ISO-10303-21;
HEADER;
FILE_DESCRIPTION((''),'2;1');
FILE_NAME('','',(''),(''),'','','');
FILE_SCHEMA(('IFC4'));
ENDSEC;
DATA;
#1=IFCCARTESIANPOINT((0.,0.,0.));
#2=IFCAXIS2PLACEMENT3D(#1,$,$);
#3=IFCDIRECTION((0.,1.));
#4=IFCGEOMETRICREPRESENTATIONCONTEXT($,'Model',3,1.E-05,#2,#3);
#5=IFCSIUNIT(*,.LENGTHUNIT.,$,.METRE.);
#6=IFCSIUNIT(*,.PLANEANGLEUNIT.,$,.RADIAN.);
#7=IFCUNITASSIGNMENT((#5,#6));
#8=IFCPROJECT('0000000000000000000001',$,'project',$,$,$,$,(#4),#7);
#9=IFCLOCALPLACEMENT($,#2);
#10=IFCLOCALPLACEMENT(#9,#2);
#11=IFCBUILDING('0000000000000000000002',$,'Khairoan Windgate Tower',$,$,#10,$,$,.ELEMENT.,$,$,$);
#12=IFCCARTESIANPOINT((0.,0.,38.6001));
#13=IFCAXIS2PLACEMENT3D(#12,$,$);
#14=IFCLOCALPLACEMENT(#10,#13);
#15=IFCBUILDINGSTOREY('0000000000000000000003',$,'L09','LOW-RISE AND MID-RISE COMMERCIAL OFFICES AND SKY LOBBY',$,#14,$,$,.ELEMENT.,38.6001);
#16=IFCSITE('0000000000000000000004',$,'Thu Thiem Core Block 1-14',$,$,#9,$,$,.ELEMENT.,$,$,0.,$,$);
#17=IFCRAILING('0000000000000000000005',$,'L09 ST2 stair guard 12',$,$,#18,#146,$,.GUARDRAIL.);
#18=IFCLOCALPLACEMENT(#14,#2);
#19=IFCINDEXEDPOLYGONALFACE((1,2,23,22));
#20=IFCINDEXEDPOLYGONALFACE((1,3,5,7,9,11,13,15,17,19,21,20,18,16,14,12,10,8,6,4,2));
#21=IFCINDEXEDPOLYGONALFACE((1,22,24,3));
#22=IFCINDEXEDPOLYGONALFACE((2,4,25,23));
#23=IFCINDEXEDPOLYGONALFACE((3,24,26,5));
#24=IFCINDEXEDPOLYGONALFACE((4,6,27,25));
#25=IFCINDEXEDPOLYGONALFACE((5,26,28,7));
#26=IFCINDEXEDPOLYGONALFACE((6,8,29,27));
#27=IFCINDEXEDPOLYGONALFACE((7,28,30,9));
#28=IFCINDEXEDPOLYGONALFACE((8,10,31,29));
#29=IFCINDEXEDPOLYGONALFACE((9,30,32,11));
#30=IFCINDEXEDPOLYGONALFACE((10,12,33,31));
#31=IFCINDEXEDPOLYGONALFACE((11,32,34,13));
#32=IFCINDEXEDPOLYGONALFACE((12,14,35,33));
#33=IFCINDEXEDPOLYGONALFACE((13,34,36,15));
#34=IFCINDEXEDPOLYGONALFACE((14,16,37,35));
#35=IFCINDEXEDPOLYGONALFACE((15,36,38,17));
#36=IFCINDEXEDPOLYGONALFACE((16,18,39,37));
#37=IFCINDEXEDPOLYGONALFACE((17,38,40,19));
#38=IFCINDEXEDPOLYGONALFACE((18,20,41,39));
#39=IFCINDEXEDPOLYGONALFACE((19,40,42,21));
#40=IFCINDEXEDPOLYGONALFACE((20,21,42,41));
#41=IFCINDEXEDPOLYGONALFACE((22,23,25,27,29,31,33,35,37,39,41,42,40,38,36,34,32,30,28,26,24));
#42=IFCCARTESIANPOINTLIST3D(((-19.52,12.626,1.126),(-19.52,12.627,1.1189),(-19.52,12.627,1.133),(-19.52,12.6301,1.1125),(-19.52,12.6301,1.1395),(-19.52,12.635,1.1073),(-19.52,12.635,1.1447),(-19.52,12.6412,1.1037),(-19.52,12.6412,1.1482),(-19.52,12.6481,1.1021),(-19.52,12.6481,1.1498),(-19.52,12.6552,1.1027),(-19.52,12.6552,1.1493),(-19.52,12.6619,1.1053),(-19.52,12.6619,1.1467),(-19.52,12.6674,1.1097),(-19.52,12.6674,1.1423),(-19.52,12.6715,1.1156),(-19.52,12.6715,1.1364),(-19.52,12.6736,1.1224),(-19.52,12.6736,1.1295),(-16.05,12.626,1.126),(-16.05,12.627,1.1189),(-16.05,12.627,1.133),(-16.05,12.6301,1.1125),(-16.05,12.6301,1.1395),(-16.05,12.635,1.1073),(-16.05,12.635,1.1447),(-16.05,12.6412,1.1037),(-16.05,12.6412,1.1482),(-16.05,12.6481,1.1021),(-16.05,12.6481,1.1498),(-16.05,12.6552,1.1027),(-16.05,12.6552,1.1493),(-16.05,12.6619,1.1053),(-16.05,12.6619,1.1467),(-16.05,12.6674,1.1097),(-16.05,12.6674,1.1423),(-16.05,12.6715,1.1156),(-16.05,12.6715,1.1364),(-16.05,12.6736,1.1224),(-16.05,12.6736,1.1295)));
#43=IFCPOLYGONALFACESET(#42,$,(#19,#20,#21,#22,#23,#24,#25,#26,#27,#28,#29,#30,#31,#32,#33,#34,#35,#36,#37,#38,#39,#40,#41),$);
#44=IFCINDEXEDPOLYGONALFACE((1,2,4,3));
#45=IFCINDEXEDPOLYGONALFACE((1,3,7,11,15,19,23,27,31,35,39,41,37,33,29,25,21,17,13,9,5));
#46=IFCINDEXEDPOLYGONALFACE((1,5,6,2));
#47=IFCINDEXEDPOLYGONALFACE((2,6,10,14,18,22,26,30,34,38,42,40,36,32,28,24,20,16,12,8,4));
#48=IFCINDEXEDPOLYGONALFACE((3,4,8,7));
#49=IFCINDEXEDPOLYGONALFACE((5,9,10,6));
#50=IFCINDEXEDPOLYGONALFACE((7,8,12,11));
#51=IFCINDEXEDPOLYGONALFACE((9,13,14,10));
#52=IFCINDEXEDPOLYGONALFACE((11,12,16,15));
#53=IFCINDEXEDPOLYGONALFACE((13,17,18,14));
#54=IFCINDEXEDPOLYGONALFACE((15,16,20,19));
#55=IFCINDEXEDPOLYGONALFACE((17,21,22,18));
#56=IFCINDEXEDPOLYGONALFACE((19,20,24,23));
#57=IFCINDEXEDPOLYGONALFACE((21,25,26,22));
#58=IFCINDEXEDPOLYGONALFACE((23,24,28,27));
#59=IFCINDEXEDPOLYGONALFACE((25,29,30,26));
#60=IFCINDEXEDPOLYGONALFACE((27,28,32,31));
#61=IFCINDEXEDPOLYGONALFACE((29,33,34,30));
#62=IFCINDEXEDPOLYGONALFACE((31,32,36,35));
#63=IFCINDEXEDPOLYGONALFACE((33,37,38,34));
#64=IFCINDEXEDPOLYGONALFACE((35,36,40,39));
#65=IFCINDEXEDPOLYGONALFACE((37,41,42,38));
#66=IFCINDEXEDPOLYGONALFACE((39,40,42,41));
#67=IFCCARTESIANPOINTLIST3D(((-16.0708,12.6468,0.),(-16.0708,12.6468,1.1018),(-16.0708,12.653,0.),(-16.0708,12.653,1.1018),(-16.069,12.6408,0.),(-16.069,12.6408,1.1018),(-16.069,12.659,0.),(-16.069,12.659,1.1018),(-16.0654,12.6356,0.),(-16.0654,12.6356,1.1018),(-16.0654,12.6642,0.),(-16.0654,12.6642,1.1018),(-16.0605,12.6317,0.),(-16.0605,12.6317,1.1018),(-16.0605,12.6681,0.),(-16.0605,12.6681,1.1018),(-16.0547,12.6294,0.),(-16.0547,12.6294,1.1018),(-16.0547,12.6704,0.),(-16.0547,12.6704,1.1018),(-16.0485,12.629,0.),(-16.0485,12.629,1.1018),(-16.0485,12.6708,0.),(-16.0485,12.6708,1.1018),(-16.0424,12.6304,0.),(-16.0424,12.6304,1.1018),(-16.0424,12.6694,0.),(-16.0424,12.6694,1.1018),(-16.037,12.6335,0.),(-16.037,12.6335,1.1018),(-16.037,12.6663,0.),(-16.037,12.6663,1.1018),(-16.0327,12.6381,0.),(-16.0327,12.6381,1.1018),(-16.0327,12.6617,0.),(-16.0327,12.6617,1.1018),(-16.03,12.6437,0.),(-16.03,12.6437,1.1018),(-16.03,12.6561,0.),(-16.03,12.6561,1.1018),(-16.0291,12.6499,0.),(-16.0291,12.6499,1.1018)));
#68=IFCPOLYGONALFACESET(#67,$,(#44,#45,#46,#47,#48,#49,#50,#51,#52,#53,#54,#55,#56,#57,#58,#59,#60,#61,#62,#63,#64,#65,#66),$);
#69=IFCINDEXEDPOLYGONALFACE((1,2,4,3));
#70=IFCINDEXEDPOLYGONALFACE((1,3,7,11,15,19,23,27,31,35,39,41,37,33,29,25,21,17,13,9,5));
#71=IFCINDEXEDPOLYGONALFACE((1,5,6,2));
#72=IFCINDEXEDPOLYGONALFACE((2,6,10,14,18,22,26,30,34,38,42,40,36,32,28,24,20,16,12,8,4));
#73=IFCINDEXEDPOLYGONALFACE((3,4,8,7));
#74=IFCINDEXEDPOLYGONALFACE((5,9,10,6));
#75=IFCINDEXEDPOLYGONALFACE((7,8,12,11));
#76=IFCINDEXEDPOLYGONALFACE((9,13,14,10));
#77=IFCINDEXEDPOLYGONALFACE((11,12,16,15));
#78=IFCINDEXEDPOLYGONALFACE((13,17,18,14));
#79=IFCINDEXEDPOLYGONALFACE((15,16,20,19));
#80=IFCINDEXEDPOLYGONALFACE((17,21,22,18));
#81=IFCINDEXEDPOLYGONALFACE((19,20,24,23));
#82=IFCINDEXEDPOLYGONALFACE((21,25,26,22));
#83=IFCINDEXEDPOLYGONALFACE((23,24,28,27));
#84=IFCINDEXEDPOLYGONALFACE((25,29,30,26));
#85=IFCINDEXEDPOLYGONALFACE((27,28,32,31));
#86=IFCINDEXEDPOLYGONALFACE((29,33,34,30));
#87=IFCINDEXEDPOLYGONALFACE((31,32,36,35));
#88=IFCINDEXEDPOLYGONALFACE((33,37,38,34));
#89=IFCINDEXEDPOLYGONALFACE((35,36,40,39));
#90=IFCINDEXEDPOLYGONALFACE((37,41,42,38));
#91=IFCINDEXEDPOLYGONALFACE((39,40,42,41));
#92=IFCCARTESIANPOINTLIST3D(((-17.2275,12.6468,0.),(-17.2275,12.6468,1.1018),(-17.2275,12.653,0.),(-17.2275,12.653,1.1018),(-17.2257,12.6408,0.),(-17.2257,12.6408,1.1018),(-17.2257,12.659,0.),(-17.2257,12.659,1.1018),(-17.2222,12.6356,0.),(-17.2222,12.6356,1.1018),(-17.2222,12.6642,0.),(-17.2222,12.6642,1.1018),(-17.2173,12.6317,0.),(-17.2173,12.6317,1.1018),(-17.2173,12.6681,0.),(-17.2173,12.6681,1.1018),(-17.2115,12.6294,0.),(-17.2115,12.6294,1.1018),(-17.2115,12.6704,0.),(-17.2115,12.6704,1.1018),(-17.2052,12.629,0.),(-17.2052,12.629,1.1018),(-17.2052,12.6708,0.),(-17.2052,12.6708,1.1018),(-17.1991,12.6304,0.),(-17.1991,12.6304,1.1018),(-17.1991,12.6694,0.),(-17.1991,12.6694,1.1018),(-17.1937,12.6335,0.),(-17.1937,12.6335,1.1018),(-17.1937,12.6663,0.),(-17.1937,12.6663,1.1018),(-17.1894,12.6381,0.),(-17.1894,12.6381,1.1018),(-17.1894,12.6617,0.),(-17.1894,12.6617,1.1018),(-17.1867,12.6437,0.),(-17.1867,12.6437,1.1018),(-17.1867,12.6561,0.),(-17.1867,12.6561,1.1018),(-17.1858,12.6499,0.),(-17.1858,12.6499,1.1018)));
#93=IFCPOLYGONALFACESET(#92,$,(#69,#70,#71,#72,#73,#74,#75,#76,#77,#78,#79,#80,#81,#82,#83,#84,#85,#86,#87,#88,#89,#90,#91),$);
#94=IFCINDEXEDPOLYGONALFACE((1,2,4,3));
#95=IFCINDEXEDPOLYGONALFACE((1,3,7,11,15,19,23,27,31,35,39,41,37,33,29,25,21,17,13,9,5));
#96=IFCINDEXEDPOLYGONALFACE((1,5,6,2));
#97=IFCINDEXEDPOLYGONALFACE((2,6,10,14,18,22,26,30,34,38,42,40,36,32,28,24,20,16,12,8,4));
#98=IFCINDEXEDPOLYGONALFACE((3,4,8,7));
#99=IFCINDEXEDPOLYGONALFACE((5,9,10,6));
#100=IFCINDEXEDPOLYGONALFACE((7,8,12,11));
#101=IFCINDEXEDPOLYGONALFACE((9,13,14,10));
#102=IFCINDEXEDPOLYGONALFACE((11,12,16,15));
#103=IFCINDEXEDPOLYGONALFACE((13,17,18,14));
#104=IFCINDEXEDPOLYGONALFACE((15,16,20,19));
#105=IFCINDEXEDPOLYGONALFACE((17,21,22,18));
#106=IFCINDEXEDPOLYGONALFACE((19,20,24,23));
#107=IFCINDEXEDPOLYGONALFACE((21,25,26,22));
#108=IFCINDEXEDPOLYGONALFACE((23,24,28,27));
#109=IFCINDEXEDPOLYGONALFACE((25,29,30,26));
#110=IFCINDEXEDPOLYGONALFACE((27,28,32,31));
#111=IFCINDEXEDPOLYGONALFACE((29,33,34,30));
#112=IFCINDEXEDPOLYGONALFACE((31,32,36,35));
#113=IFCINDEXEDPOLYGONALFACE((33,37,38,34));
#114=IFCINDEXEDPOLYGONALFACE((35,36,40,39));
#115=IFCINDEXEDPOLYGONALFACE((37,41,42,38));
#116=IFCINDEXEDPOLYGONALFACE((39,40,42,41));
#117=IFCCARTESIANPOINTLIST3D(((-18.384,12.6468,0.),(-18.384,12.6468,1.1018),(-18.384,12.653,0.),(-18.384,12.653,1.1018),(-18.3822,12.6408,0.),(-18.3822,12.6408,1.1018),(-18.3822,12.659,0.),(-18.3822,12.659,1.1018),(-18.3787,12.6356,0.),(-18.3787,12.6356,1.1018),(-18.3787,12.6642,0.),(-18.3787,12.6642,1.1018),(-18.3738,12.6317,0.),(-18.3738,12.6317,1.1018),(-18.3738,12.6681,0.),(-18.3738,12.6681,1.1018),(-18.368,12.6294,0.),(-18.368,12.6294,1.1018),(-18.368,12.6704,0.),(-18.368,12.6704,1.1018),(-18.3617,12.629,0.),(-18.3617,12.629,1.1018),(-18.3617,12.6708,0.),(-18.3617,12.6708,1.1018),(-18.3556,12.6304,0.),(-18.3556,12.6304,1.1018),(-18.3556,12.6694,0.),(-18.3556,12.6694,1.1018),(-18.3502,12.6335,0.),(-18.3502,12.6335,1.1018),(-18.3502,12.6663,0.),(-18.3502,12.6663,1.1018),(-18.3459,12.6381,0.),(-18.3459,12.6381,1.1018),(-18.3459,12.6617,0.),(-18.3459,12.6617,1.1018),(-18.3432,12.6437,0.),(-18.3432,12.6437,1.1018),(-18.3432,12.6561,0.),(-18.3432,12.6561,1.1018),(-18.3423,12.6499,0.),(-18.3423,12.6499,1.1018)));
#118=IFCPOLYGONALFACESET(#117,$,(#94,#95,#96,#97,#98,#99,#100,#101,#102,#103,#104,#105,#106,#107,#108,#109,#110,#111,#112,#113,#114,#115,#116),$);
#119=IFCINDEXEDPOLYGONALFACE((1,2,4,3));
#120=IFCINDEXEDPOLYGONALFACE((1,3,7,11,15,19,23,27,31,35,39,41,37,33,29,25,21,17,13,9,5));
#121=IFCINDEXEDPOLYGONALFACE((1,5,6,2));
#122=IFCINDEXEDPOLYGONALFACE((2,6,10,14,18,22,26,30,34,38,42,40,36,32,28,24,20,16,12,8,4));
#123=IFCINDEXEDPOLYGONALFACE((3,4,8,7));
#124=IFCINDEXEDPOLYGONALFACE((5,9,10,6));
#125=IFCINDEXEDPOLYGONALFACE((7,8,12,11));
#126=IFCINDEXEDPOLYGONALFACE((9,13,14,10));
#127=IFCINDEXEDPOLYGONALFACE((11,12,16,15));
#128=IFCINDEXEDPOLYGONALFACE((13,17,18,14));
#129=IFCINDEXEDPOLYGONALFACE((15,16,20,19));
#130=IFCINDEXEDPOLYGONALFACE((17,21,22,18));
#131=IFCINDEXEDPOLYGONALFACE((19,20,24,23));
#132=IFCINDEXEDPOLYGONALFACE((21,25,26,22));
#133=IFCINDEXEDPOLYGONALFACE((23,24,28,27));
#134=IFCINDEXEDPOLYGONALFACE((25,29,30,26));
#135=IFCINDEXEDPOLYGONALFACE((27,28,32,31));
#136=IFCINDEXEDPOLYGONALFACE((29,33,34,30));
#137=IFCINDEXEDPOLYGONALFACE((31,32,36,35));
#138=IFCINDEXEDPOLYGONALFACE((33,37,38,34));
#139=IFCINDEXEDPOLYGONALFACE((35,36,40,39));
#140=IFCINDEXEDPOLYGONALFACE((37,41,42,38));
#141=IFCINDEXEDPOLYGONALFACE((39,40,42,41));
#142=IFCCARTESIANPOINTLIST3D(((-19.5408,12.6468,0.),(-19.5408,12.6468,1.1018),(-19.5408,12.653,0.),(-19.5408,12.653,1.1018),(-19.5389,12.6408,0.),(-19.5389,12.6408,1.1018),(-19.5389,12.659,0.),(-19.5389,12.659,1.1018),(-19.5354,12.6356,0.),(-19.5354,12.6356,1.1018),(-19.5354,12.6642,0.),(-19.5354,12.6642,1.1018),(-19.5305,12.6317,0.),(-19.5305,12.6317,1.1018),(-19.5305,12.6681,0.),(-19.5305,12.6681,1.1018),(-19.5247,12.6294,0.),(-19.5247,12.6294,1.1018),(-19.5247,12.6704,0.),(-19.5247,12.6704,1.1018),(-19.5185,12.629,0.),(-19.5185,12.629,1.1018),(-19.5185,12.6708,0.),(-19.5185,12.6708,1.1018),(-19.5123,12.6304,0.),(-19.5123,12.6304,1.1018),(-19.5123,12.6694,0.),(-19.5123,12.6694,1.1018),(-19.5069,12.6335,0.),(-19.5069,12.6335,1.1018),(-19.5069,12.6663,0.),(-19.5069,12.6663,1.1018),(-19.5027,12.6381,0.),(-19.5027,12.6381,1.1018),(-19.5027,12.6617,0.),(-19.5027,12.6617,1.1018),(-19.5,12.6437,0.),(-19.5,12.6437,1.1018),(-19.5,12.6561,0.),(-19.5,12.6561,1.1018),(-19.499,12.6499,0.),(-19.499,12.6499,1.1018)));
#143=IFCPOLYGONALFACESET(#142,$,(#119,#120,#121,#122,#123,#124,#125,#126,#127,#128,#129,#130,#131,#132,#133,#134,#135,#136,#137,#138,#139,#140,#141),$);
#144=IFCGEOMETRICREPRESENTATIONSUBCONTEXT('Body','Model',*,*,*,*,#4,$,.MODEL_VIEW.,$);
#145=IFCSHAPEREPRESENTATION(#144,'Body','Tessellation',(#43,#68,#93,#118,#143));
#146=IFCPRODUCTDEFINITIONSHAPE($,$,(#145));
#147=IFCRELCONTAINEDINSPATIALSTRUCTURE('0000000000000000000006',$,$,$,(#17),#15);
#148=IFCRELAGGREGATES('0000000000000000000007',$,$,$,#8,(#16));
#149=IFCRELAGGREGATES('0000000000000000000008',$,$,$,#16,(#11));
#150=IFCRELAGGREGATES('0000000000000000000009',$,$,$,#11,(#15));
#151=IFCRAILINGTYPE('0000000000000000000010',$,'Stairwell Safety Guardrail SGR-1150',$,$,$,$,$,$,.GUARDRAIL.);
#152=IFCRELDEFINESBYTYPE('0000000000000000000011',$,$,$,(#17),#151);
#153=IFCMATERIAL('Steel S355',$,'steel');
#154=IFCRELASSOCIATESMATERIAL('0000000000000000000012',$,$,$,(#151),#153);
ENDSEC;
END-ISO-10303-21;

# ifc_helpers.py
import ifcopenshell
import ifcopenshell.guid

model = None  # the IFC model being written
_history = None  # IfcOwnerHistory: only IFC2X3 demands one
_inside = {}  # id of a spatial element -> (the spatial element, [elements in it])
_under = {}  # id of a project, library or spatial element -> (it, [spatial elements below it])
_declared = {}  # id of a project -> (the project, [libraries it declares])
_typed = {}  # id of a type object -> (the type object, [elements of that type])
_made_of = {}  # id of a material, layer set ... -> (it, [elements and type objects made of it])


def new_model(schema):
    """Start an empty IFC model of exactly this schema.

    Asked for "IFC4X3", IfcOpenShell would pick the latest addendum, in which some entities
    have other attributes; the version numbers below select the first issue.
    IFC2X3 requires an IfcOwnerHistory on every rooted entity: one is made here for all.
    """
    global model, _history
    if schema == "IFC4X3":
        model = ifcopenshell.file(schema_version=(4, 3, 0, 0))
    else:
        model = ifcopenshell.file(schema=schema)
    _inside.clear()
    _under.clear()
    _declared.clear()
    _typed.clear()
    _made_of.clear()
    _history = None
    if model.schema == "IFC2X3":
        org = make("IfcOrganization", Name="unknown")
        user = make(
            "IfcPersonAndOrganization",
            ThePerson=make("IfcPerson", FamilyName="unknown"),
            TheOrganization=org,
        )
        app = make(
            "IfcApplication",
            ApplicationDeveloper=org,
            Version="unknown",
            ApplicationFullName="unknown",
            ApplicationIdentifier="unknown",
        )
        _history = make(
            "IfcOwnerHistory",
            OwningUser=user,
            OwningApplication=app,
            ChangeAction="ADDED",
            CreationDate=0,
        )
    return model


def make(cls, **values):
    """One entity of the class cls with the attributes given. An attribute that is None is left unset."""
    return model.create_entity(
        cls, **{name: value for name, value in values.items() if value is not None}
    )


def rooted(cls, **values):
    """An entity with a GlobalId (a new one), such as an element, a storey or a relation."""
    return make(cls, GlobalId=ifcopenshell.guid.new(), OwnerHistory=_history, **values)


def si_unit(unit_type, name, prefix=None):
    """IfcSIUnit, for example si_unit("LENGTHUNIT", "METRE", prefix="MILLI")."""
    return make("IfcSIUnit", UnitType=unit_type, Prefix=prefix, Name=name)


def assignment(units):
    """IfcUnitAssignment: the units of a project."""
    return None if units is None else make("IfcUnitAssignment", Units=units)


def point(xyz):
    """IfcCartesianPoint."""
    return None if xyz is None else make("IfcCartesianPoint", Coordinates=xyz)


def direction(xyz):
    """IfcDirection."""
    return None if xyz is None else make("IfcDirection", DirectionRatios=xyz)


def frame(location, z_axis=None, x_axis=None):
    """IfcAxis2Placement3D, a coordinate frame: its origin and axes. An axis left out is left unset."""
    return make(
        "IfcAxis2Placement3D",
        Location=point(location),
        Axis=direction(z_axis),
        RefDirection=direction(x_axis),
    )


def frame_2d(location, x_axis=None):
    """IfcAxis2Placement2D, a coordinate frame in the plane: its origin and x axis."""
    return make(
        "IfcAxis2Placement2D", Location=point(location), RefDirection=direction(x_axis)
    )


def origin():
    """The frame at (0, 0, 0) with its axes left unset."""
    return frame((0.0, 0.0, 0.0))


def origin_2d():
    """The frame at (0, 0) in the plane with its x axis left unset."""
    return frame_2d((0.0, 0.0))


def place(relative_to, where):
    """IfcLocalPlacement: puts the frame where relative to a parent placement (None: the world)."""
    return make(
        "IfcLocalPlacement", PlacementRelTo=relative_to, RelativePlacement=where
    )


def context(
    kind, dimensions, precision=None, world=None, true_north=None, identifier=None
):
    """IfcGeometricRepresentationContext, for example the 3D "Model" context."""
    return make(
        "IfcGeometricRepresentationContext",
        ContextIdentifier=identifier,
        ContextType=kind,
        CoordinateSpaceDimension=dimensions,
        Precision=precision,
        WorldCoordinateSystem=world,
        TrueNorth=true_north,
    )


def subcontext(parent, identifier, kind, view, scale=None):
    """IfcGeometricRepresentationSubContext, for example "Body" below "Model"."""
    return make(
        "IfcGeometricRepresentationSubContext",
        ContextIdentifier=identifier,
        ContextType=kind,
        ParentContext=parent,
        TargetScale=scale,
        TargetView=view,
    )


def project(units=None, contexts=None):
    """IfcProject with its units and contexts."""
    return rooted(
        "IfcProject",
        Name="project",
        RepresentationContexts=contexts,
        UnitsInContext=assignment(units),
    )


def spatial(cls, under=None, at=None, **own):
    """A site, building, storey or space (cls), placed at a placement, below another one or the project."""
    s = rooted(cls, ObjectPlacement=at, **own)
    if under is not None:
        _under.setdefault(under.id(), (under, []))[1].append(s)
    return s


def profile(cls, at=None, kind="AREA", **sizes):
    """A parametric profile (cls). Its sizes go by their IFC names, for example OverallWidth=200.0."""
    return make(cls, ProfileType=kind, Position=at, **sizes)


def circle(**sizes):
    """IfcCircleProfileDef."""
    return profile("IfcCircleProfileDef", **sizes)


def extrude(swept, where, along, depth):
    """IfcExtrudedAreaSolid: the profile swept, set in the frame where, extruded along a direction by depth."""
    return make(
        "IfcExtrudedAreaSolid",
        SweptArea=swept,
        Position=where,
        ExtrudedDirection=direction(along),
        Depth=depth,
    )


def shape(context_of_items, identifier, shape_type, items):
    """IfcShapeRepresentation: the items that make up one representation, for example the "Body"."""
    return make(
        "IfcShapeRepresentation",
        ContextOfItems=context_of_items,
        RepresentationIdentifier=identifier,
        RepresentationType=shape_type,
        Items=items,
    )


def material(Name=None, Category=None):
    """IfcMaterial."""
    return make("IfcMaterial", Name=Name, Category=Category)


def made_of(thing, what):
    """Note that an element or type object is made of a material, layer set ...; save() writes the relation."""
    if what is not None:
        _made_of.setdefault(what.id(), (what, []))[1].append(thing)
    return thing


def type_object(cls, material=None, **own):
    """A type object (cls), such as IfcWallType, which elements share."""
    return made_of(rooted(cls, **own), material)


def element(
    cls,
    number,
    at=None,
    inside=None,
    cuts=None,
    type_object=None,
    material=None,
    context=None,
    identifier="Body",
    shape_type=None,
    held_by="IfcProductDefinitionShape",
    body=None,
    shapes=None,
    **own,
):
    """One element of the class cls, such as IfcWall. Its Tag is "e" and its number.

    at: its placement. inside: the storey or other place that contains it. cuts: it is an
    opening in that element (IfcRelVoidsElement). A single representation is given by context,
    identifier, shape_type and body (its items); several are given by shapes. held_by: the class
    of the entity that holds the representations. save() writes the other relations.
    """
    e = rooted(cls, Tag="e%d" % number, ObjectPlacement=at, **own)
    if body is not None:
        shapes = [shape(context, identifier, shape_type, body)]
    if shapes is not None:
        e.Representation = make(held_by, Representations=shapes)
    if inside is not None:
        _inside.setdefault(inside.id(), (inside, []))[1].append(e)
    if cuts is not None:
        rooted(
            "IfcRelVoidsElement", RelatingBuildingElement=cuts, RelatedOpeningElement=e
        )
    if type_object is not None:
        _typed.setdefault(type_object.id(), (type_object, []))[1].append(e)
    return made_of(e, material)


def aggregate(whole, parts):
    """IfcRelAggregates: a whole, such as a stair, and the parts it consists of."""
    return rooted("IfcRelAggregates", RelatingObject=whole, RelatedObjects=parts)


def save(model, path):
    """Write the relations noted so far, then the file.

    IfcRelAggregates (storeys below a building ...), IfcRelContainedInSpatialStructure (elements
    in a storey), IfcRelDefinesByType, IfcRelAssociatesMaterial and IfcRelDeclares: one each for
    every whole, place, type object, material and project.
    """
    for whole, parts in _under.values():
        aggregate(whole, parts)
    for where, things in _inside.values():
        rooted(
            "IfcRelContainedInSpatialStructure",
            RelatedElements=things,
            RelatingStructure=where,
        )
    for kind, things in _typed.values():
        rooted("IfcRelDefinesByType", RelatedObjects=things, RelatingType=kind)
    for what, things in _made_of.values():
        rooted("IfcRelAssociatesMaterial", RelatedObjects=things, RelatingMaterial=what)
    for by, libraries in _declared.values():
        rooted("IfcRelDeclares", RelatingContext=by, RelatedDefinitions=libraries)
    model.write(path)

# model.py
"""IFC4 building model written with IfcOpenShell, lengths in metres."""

from ifc_helpers import new_model, si_unit, direction, frame, origin, origin_2d, place, context, subcontext, project, spatial, circle, extrude, material, type_object, element, save


model = new_model("IFC4")

# Units and contexts
model_context = context("Model", 3, precision=1e-05, world=origin(), true_north=direction((0.0, 1.0)))
body_context = subcontext(model_context, "Body", "Model", "MODEL_VIEW")
ifc_project = project(units=[si_unit("LENGTHUNIT", "METRE"), si_unit("PLANEANGLEUNIT", "RADIAN")], contexts=[model_context])

# Site, building, storey
site_placement = place(None, origin())
site = spatial("IfcSite", under=ifc_project, at=site_placement, Name="Thu Thiem Core Block 1-14", CompositionType="ELEMENT", RefElevation=0.0)
building_placement = place(site_placement, origin())
building = spatial("IfcBuilding", under=site, at=building_placement, Name="Khairoan Windgate Tower", CompositionType="ELEMENT")
storey_placement = place(building_placement, frame((0.0, 0.0, 38.6001)))
storey = spatial("IfcBuildingStorey", under=building, at=storey_placement, Name="L09", Description="LOW-RISE AND MID-RISE COMMERCIAL OFFICES AND SKY LOBBY", CompositionType="ELEMENT", Elevation=38.6001)

# Railing
ifc_material_1 = material(Name="Steel S355", Category="steel")
railing_type = type_object("IfcRailingType", Name="Stairwell Safety Guardrail SGR-1150", PredefinedType="GUARDRAIL", material=ifc_material_1)
railing_1_placement = place(storey_placement, frame((-16.05, 12.6499, 0.0)))
element("IfcRailing", 1, at=railing_1_placement, inside=storey, type_object=railing_type, Name="L09 ST2 stair guard 12", PredefinedType="GUARDRAIL", context=body_context, shape_type="SweptSolid", body=[
    extrude(circle(Radius=0.0239, at=origin_2d()), frame((0.0, 0.0, 1.126), z_axis=(-1.0, 0.0, 0.0), x_axis=(0.0, -1.0, 0.0)), (0.0, 0.0, 1.0), 3.47),
    extrude(circle(Radius=0.021, at=origin_2d()), origin(), (0.0, 0.0, 1.0), 1.1018),
    extrude(circle(Radius=0.021, at=origin_2d()), frame((-1.1567, 0.0, 0.0)), (0.0, 0.0, 1.0), 1.1018),
    extrude(circle(Radius=0.021, at=origin_2d()), frame((-2.3132, 0.0, 0.0)), (0.0, 0.0, 1.0), 1.1018),
    extrude(circle(Radius=0.021, at=origin_2d()), frame((-3.47, 0.0, 0.0)), (0.0, 0.0, 1.0), 1.1018),
])

save(model, "model.ifc")
